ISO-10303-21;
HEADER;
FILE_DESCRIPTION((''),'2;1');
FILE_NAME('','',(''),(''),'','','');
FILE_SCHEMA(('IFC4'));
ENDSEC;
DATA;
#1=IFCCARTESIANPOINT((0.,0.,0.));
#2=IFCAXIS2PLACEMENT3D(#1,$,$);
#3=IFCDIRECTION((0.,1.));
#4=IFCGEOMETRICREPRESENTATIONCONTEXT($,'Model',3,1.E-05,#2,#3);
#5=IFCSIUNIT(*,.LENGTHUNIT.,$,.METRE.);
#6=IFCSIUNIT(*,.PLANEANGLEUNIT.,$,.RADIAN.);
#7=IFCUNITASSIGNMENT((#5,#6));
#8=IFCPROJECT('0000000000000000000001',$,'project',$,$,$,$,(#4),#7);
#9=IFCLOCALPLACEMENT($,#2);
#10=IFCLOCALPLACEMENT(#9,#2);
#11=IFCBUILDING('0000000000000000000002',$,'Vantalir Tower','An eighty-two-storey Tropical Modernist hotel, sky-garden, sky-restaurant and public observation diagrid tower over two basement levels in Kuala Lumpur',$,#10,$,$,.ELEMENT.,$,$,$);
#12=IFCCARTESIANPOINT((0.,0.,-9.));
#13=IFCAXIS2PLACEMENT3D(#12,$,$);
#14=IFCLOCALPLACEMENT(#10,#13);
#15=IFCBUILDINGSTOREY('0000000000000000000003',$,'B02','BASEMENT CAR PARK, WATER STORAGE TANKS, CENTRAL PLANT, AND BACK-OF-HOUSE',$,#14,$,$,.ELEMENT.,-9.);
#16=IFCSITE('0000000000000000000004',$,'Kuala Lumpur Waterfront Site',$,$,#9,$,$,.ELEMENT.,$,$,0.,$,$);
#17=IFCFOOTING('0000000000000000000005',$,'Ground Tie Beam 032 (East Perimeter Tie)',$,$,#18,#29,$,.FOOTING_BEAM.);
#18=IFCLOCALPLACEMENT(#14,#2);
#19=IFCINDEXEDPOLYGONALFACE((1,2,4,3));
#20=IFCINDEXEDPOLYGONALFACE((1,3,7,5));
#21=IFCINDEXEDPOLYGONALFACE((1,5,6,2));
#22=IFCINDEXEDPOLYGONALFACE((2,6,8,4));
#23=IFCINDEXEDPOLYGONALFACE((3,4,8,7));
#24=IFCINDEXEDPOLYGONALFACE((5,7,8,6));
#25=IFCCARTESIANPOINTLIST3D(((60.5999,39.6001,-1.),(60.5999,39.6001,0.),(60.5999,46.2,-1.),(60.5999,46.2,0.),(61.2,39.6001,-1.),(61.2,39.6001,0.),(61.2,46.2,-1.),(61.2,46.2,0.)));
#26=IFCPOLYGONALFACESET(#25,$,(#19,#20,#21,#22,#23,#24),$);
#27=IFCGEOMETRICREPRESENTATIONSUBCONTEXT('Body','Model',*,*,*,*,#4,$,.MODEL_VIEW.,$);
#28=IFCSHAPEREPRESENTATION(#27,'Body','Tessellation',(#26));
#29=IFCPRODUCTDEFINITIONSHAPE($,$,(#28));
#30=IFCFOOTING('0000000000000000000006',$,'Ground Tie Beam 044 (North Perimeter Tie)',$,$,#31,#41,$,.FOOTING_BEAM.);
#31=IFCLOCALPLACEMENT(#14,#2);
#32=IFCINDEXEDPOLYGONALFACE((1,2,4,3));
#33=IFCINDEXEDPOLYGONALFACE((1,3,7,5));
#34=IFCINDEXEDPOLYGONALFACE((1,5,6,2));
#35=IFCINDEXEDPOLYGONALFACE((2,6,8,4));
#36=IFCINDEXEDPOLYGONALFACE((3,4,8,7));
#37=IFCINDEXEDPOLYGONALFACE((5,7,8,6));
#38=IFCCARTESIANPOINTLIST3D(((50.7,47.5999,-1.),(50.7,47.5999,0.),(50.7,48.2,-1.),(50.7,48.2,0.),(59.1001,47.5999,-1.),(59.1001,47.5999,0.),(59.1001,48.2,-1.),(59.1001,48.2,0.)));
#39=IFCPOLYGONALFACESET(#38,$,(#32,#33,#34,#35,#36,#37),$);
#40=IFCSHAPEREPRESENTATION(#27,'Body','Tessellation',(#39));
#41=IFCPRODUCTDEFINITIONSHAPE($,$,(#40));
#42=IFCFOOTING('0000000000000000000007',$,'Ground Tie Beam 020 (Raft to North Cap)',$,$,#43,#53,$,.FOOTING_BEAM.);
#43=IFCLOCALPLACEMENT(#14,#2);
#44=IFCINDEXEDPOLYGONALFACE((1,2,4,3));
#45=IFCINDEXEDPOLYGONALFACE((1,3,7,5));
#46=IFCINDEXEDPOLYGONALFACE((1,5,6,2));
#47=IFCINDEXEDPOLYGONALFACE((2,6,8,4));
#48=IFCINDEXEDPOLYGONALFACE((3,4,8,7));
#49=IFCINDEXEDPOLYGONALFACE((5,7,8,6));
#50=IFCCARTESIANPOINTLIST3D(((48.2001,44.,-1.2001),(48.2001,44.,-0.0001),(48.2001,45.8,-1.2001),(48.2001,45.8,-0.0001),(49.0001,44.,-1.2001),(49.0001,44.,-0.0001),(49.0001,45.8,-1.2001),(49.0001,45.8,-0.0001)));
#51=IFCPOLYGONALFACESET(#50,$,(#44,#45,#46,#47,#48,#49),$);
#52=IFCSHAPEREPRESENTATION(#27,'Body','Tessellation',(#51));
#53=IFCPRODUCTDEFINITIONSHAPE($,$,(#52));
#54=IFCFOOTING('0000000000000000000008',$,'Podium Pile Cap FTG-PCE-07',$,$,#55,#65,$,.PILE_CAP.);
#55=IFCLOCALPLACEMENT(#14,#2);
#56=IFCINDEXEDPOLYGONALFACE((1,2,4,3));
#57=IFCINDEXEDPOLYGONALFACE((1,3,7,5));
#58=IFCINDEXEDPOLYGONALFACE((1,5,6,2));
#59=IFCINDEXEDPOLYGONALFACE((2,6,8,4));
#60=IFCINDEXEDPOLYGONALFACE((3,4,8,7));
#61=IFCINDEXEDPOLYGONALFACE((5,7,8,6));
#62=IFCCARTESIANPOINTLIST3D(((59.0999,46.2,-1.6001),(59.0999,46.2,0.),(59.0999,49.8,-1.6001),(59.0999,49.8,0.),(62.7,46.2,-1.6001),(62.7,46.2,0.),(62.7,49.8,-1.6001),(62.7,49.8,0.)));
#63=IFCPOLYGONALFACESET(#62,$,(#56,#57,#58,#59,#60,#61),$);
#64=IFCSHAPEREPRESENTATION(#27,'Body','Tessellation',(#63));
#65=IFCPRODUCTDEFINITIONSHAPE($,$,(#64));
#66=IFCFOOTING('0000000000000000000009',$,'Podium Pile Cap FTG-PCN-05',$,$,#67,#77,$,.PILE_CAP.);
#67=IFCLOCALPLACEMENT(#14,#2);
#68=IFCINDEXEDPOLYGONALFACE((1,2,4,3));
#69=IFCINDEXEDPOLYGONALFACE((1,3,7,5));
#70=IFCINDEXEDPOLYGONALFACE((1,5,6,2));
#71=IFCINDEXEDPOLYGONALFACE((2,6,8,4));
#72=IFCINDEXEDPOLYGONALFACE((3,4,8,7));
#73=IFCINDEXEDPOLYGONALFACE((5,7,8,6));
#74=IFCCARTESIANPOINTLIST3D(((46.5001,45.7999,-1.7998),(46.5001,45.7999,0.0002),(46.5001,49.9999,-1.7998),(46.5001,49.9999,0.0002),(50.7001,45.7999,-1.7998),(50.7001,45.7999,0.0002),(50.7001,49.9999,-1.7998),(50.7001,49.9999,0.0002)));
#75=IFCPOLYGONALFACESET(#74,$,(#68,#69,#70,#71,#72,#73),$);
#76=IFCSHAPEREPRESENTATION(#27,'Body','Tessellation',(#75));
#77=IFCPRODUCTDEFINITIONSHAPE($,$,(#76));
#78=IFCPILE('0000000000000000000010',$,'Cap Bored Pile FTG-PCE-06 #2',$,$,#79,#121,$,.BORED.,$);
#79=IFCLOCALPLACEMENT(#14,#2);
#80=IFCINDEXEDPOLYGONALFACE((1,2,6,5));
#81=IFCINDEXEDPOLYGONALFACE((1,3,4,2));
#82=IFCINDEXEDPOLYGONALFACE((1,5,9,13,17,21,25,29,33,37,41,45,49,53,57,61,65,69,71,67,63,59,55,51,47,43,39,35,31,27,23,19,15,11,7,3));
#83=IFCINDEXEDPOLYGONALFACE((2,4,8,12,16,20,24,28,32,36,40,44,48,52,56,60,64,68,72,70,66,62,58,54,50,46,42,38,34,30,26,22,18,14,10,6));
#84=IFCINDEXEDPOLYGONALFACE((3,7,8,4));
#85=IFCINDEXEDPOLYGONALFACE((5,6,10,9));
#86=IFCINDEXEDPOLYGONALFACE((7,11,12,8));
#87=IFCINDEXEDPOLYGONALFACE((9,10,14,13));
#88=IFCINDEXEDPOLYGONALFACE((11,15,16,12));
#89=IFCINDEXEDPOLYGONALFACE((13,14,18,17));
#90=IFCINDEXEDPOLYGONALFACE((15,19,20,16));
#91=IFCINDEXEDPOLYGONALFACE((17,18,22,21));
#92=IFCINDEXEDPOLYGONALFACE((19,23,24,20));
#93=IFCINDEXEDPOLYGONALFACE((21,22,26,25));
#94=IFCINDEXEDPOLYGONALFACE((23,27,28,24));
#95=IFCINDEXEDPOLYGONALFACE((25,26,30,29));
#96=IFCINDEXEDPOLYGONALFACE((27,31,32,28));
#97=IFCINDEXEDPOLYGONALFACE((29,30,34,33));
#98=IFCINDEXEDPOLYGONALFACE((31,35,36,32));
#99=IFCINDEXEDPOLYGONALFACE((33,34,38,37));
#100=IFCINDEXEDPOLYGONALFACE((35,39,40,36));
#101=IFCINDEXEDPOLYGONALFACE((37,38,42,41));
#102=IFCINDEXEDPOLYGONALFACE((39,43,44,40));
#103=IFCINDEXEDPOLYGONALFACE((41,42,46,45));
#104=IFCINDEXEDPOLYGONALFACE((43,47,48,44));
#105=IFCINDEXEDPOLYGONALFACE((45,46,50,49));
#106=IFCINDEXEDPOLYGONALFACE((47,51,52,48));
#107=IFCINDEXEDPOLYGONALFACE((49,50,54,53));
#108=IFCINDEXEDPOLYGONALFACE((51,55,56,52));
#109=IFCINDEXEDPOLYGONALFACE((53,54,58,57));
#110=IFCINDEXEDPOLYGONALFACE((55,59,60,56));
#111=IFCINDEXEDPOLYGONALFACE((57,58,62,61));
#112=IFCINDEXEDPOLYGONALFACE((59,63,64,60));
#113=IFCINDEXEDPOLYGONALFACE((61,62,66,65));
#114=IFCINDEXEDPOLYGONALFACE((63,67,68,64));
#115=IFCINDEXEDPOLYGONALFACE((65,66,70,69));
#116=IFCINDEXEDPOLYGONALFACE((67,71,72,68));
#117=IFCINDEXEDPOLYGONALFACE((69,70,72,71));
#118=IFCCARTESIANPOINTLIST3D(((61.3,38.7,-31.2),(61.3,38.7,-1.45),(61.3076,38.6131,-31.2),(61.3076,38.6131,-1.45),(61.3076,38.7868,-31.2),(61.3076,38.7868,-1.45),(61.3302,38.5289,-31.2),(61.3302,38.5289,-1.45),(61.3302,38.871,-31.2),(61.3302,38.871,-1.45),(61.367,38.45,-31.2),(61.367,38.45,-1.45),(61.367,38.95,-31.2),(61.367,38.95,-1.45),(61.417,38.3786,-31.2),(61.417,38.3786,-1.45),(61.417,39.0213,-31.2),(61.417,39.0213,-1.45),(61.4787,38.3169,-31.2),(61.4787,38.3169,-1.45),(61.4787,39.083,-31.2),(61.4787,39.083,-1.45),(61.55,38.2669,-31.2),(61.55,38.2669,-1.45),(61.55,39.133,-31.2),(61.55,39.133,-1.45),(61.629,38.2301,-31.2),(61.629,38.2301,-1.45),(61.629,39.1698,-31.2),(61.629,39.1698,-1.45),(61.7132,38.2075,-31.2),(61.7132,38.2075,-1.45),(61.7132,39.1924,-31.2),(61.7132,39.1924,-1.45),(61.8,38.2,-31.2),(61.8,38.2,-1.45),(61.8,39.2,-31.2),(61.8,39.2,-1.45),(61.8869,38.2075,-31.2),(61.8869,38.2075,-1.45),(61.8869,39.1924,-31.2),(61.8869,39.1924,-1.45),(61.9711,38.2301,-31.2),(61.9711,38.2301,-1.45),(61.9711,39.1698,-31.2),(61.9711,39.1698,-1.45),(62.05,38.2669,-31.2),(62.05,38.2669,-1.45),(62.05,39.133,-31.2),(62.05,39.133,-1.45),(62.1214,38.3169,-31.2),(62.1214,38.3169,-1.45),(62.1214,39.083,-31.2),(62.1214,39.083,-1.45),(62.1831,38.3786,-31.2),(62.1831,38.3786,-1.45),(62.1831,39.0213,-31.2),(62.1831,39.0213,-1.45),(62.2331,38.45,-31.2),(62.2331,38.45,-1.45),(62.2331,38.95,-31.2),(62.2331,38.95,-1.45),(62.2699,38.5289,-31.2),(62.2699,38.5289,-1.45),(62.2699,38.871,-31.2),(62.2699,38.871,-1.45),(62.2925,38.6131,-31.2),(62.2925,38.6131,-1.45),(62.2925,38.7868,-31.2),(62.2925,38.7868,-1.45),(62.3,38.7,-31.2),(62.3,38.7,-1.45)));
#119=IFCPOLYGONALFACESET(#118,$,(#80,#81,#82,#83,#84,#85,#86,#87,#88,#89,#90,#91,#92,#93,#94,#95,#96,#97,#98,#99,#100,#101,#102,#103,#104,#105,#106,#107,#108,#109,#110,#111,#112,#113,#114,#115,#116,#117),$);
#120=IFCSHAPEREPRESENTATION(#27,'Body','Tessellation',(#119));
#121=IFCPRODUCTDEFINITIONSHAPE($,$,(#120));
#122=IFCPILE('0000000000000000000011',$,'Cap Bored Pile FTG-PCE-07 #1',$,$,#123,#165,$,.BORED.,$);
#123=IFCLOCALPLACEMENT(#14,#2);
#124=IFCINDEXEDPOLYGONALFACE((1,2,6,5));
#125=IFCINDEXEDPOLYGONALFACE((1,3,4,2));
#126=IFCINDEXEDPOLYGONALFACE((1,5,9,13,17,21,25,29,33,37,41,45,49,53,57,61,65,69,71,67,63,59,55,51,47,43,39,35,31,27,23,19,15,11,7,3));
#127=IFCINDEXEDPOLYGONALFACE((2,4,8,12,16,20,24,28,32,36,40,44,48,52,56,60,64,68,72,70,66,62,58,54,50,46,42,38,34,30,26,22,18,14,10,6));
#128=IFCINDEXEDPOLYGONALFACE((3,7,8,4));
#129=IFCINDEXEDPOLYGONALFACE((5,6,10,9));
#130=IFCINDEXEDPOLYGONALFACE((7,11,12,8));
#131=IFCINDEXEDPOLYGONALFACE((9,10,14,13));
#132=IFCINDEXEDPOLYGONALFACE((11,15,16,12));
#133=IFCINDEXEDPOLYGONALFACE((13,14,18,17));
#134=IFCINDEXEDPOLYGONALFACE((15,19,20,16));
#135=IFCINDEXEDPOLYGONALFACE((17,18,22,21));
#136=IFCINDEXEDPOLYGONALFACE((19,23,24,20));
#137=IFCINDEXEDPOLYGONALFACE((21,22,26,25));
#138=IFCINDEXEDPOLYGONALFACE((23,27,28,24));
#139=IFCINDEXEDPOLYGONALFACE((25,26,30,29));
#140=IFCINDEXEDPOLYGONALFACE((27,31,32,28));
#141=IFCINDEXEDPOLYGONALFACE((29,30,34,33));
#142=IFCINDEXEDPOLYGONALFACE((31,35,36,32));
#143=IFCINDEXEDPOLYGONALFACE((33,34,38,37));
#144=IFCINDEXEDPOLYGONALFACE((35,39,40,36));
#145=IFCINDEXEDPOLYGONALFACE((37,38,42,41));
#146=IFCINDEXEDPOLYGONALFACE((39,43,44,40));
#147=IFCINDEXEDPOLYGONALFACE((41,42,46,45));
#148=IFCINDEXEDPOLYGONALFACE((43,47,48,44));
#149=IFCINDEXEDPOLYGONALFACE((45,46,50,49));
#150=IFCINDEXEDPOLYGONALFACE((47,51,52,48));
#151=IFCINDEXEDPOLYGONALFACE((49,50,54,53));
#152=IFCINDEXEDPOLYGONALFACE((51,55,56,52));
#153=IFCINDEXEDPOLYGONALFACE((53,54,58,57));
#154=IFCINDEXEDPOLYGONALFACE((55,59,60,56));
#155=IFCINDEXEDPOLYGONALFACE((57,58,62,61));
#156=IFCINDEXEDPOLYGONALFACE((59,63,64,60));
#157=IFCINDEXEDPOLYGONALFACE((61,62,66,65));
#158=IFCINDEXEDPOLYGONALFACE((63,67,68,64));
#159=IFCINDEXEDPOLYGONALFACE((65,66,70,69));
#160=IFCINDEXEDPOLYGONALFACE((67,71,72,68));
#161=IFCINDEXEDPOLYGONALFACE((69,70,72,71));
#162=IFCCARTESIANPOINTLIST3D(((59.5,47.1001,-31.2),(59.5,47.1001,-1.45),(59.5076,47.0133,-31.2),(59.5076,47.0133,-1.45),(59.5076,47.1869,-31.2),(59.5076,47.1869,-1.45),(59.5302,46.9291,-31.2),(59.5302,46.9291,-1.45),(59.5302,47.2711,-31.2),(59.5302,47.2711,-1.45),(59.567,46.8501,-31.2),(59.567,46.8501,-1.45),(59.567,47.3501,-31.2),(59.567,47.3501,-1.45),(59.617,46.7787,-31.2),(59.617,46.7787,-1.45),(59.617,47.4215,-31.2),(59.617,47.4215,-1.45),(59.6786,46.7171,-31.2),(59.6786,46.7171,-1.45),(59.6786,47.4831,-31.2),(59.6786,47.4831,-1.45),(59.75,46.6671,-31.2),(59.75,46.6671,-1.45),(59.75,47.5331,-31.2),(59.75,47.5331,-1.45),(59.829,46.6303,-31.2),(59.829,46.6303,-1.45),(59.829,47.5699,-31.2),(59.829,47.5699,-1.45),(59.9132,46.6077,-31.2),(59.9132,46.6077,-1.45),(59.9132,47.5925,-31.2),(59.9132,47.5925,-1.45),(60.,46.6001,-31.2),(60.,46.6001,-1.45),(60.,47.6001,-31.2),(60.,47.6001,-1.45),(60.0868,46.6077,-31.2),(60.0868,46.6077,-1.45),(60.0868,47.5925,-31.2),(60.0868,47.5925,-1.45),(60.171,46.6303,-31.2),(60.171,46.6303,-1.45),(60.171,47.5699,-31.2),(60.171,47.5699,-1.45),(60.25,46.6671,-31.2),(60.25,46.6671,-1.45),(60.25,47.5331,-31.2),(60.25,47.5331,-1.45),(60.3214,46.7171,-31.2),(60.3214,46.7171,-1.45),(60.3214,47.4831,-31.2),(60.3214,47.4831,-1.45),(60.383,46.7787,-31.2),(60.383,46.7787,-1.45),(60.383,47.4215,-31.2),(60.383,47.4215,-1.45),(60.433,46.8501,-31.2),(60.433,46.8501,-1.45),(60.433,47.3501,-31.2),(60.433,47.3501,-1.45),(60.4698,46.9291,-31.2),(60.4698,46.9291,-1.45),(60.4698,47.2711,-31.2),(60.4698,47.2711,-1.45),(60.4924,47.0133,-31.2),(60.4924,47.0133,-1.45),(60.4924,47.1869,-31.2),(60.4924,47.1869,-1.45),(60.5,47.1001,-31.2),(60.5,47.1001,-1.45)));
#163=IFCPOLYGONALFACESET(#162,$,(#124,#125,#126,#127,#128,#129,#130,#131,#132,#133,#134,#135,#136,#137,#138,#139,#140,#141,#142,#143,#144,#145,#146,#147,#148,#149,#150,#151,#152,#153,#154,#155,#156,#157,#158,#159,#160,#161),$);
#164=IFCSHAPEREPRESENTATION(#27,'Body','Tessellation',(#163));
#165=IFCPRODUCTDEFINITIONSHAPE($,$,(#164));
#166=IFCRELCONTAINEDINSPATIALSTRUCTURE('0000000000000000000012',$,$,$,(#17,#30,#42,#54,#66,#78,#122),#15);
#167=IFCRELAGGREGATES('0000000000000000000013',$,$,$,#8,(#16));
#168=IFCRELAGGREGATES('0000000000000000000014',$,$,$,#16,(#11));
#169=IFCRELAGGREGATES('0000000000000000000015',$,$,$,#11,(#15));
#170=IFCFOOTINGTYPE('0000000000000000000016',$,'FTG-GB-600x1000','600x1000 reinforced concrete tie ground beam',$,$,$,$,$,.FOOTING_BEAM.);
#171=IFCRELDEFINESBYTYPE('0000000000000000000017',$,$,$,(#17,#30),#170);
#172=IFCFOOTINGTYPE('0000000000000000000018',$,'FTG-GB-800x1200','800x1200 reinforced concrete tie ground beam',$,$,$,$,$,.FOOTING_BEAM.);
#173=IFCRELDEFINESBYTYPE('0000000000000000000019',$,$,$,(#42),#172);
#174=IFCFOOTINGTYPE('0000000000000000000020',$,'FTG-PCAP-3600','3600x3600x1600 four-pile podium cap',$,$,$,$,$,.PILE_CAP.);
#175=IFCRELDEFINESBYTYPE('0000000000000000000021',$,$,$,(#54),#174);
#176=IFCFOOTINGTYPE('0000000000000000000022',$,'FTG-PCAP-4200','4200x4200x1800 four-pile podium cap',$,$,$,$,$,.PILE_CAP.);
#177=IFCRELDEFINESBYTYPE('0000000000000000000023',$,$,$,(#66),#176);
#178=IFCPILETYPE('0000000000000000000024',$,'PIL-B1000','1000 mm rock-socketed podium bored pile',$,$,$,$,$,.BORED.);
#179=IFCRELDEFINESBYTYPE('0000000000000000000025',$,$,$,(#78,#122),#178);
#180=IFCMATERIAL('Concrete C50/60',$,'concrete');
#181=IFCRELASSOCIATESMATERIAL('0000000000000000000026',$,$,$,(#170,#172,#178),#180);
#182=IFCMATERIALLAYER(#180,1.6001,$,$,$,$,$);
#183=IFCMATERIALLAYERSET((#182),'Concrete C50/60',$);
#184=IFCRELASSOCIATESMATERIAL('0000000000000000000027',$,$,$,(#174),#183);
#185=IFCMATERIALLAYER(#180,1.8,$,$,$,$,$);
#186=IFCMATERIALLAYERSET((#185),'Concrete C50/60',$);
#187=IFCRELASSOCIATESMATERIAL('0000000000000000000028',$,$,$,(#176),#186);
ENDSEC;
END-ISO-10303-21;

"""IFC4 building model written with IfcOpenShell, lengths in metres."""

from ifc_helpers import new_model, si_unit, direction, frame, origin, origin_2d, place, context, subcontext, project, spatial, rectangle, circle, extrude, material, layer, layer_set, material_profile, profile_set, type_object, element, save


model = new_model("IFC4")

# Units and contexts
model_context = context("Model", 3, precision=1e-05, world=origin(), true_north=direction((0.0, 1.0)))
body_context = subcontext(model_context, "Body", "Model", "MODEL_VIEW")
ifc_project = project(units=[si_unit("LENGTHUNIT", "METRE"), si_unit("PLANEANGLEUNIT", "RADIAN")], contexts=[model_context])

# Site, building, storey
site_placement = place(None, origin())
site = spatial("IfcSite", under=ifc_project, at=site_placement, Name="Kuala Lumpur Waterfront Site", CompositionType="ELEMENT", RefElevation=0.0)
building_placement = place(site_placement, origin())
building = spatial("IfcBuilding", under=site, at=building_placement, Name="Vantalir Tower", Description="An eighty-two-storey Tropical Modernist hotel, sky-garden, sky-restaurant and public observation diagrid tower over two basement levels in Kuala Lumpur", CompositionType="ELEMENT")
storey_placement = place(building_placement, frame((0.0, 0.0, -9.0)))
storey = spatial("IfcBuildingStorey", under=building, at=storey_placement, Name="B02", Description="BASEMENT CAR PARK, WATER STORAGE TANKS, CENTRAL PLANT, AND BACK-OF-HOUSE", CompositionType="ELEMENT", Elevation=-9.0)

# Footings
ifc_material_1 = material(Name="Concrete C50/60", Category="concrete")
ifc_material_profile_1 = material_profile(ifc_material_1, rectangle(XDim=0.6001, YDim=1.0, at=origin_2d()), Name="Concrete C50/60")
ifc_profile_set_1 = profile_set([ifc_material_profile_1], Name="Concrete C50/60")
footing_type_1 = type_object("IfcFootingType", Name="FTG-GB-600x1000", Description="600x1000 reinforced concrete tie ground beam", PredefinedType="FOOTING_BEAM", material=ifc_profile_set_1)
footing_1_placement = place(storey_placement, frame((60.8999, 39.6001, -0.5), z_axis=(0.0, 1.0, 0.0), x_axis=(-1.0, 0.0, 0.0)))
element("IfcFooting", 1, at=footing_1_placement, inside=storey, type_object=footing_type_1, Name="Ground Tie Beam 032 (East Perimeter Tie)", PredefinedType="FOOTING_BEAM", context=body_context, shape_type="SweptSolid", body=[
    extrude(rectangle(XDim=0.6001, YDim=1.0, at=origin_2d()), origin(), (0.0, 0.0, 1.0), 6.5999),
])
footing_2_placement = place(storey_placement, frame((50.7, 47.8999, -0.5), z_axis=(1.0, 0.0, 0.0), x_axis=(0.0, 1.0, 0.0)))
element("IfcFooting", 2, at=footing_2_placement, inside=storey, type_object=footing_type_1, Name="Ground Tie Beam 044 (North Perimeter Tie)", PredefinedType="FOOTING_BEAM", context=body_context, shape_type="SweptSolid", body=[
    extrude(rectangle(XDim=0.6001, YDim=1.0, at=origin_2d()), origin(), (0.0, 0.0, 1.0), 8.4001),
])
ifc_material_profile_2 = material_profile(ifc_material_1, rectangle(XDim=0.8, YDim=1.2, at=origin_2d()), Name="Concrete C50/60")
ifc_profile_set_2 = profile_set([ifc_material_profile_2], Name="Concrete C50/60")
footing_type_2 = type_object("IfcFootingType", Name="FTG-GB-800x1200", Description="800x1200 reinforced concrete tie ground beam", PredefinedType="FOOTING_BEAM", material=ifc_profile_set_2)
footing_3_placement = place(storey_placement, frame((48.6001, 44.0, -0.6001), z_axis=(0.0, 1.0, 0.0), x_axis=(-1.0, 0.0, 0.0)))
element("IfcFooting", 3, at=footing_3_placement, inside=storey, type_object=footing_type_2, Name="Ground Tie Beam 020 (Raft to North Cap)", PredefinedType="FOOTING_BEAM", context=body_context, shape_type="SweptSolid", body=[
    extrude(rectangle(XDim=0.8, YDim=1.2, at=origin_2d()), origin(), (0.0, 0.0, 1.0), 1.8),
])
ifc_layer_1 = layer(ifc_material_1, 1.6001)
ifc_layer_set_1 = layer_set([ifc_layer_1], Name="Concrete C50/60")
footing_type_3 = type_object("IfcFootingType", Name="FTG-PCAP-3600", Description="3600x3600x1600 four-pile podium cap", PredefinedType="PILE_CAP", material=ifc_layer_set_1)
footing_4_placement = place(storey_placement, frame((60.8999, 48.0, -1.6001), z_axis=(0.0, 0.0, 1.0), x_axis=(1.0, 0.0, 0.0)))
element("IfcFooting", 4, at=footing_4_placement, inside=storey, type_object=footing_type_3, Name="Podium Pile Cap FTG-PCE-07", PredefinedType="PILE_CAP", context=body_context, shape_type="SweptSolid", body=[
    extrude(rectangle(XDim=3.6001, YDim=3.6001, at=origin_2d()), origin(), (0.0, 0.0, 1.0), 1.6001),
])
ifc_layer_2 = layer(ifc_material_1, 1.8)
ifc_layer_set_2 = layer_set([ifc_layer_2], Name="Concrete C50/60")
footing_type_4 = type_object("IfcFootingType", Name="FTG-PCAP-4200", Description="4200x4200x1800 four-pile podium cap", PredefinedType="PILE_CAP", material=ifc_layer_set_2)
footing_5_placement = place(storey_placement, frame((48.6001, 47.8999, -1.7998), z_axis=(0.0, 0.0, 1.0), x_axis=(1.0, 0.0, 0.0)))
element("IfcFooting", 5, at=footing_5_placement, inside=storey, type_object=footing_type_4, Name="Podium Pile Cap FTG-PCN-05", PredefinedType="PILE_CAP", context=body_context, shape_type="SweptSolid", body=[
    extrude(rectangle(XDim=4.2, YDim=4.2, at=origin_2d()), origin(), (0.0, 0.0, 1.0), 1.8),
])

# Piles
ifc_material_profile_3 = material_profile(ifc_material_1, circle(Radius=0.5, at=origin_2d()), Name="Concrete C50/60")
ifc_profile_set_3 = profile_set([ifc_material_profile_3], Name="Concrete C50/60")
pile_type_1 = type_object("IfcPileType", Name="PIL-B1000", Description="1000 mm rock-socketed podium bored pile", PredefinedType="BORED", material=ifc_profile_set_3)
for number, where, z_axis, x_axis, name in (
    (6, (61.8, 38.7, -1.45), (0.0, 0.0, -1.0), (1.0, 0.0, 0.0), "Cap Bored Pile FTG-PCE-06 #2"),
    (7, (60.0, 47.1001, -1.45), (0.0, 0.0, -1.0), (1.0, 0.0, 0.0), "Cap Bored Pile FTG-PCE-07 #1"),
):
    element("IfcPile", number, at=place(storey_placement, frame(where, z_axis=z_axis, x_axis=x_axis)), inside=storey, type_object=pile_type_1, Name=name, PredefinedType="BORED", context=body_context, shape_type="SweptSolid", body=[
        extrude(circle(Radius=0.5, at=origin_2d()), origin(), (0.0, 0.0, 1.0), 29.75),
    ])

save(model, "model.ifc")
